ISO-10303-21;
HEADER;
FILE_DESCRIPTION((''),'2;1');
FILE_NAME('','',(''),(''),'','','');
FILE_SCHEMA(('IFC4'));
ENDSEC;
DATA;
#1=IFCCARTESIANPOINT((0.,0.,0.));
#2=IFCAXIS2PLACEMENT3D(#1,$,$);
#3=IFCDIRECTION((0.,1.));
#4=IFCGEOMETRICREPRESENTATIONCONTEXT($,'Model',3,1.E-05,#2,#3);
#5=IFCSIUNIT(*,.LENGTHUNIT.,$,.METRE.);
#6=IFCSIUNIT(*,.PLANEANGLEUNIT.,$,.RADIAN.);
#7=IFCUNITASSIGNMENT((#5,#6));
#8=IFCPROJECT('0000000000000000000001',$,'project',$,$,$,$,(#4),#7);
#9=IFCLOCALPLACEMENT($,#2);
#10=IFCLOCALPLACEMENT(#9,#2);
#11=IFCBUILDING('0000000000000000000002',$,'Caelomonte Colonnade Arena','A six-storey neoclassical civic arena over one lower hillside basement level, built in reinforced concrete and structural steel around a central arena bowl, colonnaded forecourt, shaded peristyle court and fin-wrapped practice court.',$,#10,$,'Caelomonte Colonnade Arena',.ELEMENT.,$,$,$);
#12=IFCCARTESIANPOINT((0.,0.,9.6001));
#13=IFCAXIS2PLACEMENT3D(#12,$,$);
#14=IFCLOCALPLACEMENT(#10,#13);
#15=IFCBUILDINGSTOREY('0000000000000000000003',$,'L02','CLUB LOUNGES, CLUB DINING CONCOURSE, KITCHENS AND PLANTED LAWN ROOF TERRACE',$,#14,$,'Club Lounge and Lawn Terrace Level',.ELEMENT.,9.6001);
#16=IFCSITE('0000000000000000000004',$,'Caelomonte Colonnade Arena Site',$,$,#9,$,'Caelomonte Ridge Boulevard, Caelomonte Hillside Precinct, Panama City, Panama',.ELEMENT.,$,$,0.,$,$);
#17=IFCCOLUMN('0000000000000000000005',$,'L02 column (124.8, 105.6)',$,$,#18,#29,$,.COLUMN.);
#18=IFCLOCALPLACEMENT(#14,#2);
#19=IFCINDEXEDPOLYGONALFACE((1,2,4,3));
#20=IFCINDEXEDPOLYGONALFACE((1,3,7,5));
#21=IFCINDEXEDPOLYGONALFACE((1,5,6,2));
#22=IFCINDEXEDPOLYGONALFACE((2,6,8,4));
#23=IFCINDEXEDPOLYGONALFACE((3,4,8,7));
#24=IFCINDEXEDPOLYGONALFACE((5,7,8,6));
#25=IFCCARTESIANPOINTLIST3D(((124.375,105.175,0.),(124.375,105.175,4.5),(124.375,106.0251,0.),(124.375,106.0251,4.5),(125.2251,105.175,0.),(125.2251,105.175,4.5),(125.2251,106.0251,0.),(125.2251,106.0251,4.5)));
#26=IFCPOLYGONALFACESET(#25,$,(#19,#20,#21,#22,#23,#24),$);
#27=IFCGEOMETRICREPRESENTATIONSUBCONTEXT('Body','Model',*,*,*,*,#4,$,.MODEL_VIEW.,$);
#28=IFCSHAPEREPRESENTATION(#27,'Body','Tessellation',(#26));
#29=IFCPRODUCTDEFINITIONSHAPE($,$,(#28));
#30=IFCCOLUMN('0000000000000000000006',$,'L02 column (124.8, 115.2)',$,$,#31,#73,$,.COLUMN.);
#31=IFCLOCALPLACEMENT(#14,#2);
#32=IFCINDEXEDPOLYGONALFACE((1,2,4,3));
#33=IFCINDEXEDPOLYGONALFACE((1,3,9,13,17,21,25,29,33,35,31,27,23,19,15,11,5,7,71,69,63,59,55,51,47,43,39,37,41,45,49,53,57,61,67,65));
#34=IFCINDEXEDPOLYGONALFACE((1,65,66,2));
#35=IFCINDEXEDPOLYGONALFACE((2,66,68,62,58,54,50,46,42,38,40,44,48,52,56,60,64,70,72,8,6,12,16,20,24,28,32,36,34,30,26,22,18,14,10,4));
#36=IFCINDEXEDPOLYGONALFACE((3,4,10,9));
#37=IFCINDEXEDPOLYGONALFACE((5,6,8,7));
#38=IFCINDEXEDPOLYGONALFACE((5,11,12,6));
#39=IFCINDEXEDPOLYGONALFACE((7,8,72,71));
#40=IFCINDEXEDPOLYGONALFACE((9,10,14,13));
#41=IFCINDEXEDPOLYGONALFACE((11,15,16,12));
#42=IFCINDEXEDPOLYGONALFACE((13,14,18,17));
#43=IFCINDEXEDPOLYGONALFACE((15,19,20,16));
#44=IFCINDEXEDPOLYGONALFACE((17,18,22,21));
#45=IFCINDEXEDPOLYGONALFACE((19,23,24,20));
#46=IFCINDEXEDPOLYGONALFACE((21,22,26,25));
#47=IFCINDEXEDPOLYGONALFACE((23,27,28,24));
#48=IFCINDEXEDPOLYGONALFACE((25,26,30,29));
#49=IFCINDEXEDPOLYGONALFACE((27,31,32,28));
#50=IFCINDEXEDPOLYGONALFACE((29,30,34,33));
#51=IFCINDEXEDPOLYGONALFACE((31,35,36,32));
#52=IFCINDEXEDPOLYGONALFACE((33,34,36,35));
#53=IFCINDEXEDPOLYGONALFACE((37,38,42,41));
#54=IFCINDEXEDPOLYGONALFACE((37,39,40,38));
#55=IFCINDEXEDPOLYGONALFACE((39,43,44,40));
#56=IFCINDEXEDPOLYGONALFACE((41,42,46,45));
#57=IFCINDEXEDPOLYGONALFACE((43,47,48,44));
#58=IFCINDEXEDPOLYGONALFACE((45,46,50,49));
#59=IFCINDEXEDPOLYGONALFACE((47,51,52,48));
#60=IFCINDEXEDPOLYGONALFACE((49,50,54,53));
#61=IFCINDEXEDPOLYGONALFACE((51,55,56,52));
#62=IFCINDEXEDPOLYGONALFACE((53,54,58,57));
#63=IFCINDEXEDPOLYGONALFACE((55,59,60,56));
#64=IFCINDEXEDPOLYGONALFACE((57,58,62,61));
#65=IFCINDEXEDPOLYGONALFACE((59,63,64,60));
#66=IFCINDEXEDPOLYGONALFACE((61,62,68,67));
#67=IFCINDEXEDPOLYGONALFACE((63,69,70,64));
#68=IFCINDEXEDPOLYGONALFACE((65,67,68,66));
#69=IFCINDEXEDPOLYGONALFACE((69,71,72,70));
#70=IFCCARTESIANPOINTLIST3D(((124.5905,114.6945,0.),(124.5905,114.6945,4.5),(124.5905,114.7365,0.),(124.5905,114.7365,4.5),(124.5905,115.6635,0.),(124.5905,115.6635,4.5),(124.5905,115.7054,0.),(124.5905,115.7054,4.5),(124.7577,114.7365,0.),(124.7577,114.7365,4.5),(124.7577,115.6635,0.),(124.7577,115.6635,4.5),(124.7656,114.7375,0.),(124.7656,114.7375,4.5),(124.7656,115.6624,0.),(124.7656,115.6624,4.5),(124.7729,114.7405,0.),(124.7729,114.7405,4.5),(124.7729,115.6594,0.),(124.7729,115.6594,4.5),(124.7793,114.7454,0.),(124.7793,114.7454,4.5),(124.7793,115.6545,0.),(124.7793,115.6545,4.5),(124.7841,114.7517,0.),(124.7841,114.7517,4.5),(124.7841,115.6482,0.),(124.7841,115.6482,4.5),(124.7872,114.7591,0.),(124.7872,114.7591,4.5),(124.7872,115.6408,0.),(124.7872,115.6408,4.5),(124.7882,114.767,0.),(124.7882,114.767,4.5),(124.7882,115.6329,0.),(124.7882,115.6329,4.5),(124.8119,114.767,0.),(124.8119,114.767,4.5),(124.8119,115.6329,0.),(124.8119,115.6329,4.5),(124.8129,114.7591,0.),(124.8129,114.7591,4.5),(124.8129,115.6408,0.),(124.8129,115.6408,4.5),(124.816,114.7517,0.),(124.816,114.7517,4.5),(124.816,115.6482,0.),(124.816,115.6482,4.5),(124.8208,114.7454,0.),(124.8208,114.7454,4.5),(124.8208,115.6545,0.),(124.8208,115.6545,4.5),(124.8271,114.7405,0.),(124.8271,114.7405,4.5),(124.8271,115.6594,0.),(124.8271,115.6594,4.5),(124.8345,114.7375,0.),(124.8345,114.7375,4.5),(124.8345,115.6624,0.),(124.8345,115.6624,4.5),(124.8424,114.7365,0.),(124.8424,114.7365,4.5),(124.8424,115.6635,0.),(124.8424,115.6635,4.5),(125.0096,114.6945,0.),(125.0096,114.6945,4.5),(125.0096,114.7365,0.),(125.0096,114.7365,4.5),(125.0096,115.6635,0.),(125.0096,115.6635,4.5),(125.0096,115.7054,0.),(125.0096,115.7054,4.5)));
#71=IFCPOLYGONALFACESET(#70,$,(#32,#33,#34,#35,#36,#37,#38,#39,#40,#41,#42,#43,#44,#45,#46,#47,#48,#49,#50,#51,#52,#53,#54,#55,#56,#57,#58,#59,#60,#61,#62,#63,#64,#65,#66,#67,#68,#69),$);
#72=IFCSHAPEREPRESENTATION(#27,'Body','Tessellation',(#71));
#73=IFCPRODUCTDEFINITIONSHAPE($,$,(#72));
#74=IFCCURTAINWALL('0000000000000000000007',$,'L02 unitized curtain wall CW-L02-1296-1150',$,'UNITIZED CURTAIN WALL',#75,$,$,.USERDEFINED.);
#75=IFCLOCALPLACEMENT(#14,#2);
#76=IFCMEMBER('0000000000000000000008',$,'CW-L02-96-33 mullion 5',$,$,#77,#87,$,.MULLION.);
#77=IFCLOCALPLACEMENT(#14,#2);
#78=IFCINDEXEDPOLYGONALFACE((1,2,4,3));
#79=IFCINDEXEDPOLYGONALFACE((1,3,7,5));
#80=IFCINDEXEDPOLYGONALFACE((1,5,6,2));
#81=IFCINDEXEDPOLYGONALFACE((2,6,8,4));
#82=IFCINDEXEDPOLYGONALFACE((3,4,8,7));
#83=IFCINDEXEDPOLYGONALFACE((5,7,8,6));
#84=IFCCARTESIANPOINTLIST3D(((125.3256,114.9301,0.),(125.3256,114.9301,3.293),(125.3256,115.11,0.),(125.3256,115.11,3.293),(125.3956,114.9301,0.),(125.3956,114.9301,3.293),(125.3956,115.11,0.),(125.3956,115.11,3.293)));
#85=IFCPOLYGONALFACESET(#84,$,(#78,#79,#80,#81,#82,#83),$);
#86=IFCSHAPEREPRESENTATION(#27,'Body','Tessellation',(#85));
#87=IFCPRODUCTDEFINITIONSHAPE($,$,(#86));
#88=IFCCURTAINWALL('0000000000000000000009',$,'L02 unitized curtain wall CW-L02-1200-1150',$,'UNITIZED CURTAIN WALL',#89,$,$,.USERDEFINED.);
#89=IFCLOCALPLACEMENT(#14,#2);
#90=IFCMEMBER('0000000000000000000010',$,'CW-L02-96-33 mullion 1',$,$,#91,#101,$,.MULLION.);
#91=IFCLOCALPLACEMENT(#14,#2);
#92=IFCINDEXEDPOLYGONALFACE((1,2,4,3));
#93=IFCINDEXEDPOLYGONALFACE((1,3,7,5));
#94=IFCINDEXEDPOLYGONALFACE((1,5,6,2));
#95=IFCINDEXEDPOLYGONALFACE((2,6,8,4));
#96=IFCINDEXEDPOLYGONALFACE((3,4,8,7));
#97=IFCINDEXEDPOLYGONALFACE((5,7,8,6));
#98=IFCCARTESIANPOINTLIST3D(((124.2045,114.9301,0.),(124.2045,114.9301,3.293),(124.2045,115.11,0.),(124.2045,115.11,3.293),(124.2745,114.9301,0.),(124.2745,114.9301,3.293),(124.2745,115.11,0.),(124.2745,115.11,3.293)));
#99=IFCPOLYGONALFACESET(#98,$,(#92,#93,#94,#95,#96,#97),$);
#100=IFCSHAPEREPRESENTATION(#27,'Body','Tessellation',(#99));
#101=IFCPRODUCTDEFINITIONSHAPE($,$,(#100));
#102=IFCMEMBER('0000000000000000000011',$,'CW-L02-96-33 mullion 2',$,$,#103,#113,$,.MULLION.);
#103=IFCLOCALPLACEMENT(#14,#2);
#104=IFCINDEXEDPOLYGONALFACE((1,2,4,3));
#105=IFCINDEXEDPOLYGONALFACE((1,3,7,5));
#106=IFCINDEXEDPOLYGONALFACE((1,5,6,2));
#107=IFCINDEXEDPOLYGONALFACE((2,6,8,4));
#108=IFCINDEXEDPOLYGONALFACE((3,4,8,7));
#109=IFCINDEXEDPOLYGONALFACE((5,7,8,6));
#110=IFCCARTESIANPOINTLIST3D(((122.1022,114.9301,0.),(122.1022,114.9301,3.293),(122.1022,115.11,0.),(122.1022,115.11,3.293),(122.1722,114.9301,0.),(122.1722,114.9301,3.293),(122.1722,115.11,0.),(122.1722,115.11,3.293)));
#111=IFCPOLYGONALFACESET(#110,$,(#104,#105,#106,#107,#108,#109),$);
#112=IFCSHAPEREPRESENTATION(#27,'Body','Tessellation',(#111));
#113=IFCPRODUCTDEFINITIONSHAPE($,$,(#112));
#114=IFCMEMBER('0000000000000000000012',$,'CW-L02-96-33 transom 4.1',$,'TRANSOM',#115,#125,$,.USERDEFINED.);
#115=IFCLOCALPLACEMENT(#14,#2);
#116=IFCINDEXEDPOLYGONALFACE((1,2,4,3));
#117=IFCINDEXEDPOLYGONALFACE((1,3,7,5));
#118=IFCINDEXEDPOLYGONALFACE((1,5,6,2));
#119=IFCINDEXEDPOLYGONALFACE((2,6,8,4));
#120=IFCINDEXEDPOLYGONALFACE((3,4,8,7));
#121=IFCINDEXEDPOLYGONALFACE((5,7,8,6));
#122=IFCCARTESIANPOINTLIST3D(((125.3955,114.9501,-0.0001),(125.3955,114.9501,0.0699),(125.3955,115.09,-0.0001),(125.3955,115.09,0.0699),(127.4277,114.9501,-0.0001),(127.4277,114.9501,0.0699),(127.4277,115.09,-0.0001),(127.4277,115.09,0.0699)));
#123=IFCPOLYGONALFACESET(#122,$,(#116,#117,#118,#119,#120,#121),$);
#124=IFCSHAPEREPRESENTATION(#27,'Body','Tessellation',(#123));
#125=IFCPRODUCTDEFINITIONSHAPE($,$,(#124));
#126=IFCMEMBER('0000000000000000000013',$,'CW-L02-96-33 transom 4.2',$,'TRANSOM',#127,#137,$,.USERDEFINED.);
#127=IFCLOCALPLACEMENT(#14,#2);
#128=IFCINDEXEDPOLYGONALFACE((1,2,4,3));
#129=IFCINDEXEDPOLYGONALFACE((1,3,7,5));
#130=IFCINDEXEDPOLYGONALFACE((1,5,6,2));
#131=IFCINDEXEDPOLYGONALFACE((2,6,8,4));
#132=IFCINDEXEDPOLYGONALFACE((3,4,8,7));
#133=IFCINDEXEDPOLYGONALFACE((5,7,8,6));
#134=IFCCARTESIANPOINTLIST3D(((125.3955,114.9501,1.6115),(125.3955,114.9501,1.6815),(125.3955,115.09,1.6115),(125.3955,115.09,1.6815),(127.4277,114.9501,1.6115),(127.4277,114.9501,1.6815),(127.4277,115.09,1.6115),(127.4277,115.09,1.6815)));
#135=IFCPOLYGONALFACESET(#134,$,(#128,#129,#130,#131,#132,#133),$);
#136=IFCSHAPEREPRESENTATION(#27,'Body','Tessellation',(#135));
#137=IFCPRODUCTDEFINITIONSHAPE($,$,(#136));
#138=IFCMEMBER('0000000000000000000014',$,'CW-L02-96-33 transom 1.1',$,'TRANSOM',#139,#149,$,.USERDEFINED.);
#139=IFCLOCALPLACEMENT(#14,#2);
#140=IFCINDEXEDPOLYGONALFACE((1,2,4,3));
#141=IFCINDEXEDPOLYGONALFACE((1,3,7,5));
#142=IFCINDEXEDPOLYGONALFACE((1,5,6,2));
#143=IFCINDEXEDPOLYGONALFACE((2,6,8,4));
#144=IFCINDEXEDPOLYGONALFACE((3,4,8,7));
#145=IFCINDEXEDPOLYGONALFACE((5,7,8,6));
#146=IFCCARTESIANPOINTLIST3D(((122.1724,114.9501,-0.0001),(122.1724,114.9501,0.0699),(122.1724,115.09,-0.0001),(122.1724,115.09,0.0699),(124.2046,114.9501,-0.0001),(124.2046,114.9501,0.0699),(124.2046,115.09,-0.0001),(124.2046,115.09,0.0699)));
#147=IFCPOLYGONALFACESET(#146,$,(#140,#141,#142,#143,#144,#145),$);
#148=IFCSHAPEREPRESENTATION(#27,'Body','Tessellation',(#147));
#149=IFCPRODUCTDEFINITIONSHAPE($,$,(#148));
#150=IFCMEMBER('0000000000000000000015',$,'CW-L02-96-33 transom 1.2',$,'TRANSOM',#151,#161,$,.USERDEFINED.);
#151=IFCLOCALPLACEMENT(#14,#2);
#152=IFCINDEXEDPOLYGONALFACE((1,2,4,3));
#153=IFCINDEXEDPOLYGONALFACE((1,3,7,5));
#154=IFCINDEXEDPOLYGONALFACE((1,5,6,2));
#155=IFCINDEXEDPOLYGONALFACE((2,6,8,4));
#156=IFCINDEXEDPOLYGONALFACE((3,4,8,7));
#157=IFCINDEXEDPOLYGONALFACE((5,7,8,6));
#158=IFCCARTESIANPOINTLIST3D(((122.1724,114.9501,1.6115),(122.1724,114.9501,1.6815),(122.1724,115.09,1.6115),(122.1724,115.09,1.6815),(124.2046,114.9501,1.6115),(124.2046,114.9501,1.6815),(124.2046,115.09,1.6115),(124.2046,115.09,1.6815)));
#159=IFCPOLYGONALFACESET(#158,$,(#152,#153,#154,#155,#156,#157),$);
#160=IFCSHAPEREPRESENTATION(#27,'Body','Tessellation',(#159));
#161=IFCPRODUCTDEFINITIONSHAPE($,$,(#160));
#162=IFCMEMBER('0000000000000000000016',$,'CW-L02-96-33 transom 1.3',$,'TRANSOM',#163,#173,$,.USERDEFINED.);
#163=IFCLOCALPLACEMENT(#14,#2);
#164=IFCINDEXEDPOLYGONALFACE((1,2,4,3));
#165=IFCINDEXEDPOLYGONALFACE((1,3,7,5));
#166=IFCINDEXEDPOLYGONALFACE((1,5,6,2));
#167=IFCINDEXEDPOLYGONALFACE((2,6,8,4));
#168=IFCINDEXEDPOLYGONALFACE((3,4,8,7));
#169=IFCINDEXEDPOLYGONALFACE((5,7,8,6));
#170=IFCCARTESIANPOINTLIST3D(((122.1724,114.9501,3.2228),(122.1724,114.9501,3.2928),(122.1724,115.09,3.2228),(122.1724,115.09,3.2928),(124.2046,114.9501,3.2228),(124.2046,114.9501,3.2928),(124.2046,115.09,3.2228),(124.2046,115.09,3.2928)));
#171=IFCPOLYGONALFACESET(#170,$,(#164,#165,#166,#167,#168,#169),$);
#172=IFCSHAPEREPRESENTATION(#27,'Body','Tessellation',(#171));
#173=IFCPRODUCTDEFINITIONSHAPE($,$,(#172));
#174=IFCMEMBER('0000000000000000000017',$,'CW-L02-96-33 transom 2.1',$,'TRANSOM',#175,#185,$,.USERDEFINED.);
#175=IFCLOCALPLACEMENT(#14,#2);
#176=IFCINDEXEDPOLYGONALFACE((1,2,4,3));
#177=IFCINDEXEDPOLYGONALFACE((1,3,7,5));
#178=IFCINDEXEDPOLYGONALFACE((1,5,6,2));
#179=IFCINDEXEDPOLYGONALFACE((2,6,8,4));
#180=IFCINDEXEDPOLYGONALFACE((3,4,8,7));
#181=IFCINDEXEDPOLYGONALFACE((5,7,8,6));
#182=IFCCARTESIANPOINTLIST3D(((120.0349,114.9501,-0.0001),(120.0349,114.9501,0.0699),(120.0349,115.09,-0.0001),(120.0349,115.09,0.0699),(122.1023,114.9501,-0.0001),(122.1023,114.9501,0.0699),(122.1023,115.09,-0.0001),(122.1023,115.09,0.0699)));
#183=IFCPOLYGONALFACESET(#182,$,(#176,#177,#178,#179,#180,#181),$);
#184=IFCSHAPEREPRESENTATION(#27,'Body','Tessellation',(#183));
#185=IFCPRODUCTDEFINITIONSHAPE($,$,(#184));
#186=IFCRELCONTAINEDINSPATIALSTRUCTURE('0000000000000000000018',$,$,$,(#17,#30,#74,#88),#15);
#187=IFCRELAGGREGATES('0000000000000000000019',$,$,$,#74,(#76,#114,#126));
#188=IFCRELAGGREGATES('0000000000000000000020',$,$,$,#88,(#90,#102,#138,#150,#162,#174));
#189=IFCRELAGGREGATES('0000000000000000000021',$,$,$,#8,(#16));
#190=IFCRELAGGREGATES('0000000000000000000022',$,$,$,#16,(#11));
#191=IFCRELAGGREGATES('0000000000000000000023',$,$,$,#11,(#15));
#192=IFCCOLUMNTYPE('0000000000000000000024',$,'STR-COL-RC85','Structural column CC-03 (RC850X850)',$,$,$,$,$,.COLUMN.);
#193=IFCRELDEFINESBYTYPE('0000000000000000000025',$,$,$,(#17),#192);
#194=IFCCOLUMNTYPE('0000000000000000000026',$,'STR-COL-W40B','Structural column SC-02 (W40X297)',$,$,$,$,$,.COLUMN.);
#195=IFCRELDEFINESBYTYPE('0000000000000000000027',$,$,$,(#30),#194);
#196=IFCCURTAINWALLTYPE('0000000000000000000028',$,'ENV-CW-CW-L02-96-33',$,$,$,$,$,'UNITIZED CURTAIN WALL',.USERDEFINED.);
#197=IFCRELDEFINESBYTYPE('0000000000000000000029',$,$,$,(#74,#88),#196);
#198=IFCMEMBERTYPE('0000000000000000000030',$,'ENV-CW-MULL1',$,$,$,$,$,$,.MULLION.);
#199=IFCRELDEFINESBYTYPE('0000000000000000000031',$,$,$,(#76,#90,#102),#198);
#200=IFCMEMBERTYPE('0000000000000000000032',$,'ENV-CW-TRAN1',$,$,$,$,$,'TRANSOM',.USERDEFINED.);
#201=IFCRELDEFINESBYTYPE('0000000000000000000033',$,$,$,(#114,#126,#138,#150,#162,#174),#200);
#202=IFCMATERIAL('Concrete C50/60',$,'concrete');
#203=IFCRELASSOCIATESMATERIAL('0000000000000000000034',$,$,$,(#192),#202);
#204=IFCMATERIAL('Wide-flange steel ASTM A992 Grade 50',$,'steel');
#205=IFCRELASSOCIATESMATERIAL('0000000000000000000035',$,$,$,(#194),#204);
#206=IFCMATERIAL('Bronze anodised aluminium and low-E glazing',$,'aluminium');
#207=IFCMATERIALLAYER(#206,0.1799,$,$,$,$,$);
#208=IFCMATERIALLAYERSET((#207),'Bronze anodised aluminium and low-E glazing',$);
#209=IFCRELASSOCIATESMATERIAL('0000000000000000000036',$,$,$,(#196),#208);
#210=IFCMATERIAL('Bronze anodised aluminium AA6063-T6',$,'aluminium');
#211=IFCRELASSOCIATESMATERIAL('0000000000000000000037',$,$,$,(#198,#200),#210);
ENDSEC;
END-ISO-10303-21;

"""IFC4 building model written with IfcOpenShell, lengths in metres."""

from ifc_helpers import new_model, si_unit, direction, frame, origin, origin_2d, place, context, subcontext, project, spatial, rectangle, i_section, extrude, material, layer, layer_set, material_profile, profile_set, type_object, element, aggregate, save


model = new_model("IFC4")

# Units and contexts
model_context = context("Model", 3, precision=1e-05, world=origin(), true_north=direction((0.0, 1.0)))
body_context = subcontext(model_context, "Body", "Model", "MODEL_VIEW")
ifc_project = project(units=[si_unit("LENGTHUNIT", "METRE"), si_unit("PLANEANGLEUNIT", "RADIAN")], contexts=[model_context])

# Site, building, storey
site_placement = place(None, origin())
site = spatial("IfcSite", under=ifc_project, at=site_placement, Name="Caelomonte Colonnade Arena Site", LongName="Caelomonte Ridge Boulevard, Caelomonte Hillside Precinct, Panama City, Panama", CompositionType="ELEMENT", RefElevation=0.0)
building_placement = place(site_placement, origin())
building = spatial("IfcBuilding", under=site, at=building_placement, Name="Caelomonte Colonnade Arena", Description="A six-storey neoclassical civic arena over one lower hillside basement level, built in reinforced concrete and structural steel around a central arena bowl, colonnaded forecourt, shaded peristyle court and fin-wrapped practice court.", LongName="Caelomonte Colonnade Arena", CompositionType="ELEMENT")
storey_placement = place(building_placement, frame((0.0, 0.0, 9.6001)))
storey = spatial("IfcBuildingStorey", under=building, at=storey_placement, Name="L02", Description="CLUB LOUNGES, CLUB DINING CONCOURSE, KITCHENS AND PLANTED LAWN ROOF TERRACE", LongName="Club Lounge and Lawn Terrace Level", CompositionType="ELEMENT", Elevation=9.6001)

# Columns
ifc_material_1 = material(Name="Concrete C50/60", Category="concrete")
ifc_material_profile_1 = material_profile(ifc_material_1, rectangle(XDim=0.8501, YDim=0.8501, at=origin_2d()), Name="RC850X850")
ifc_profile_set_1 = profile_set([ifc_material_profile_1], Name="Concrete C50/60")
column_type_1 = type_object("IfcColumnType", Name="STR-COL-RC85", Description="Structural column CC-03 (RC850X850)", PredefinedType="COLUMN", material=ifc_profile_set_1)
column_1_placement = place(storey_placement, frame((124.8, 105.6001, 0.0), z_axis=(0.0, 0.0, 1.0), x_axis=(1.0, 0.0, 0.0)))
element("IfcColumn", 1, at=column_1_placement, inside=storey, type_object=column_type_1, Name="L02 column (124.8, 105.6)", PredefinedType="COLUMN", context=body_context, shape_type="SweptSolid", body=[
    extrude(rectangle(XDim=0.8501, YDim=0.8501, at=origin_2d()), origin(), (0.0, 0.0, 1.0), 4.5),
])
ifc_material_2 = material(Name="Wide-flange steel ASTM A992 Grade 50", Category="steel")
ifc_material_profile_2 = material_profile(ifc_material_2, i_section(OverallWidth=0.4192, OverallDepth=1.011, WebThickness=0.0237, FlangeThickness=0.042, FilletRadius=0.0305, at=origin_2d()), Name="W40X297")
ifc_profile_set_2 = profile_set([ifc_material_profile_2], Name="Wide-flange steel ASTM A992 Grade 50")
column_type_2 = type_object("IfcColumnType", Name="STR-COL-W40B", Description="Structural column SC-02 (W40X297)", PredefinedType="COLUMN", material=ifc_profile_set_2)
column_2_placement = place(storey_placement, frame((124.8, 115.2, 0.0), z_axis=(0.0, 0.0, 1.0), x_axis=(1.0, 0.0, 0.0)))
element("IfcColumn", 2, at=column_2_placement, inside=storey, type_object=column_type_2, Name="L02 column (124.8, 115.2)", PredefinedType="COLUMN", context=body_context, shape_type="SweptSolid", body=[
    extrude(i_section(OverallWidth=0.4192, OverallDepth=1.011, WebThickness=0.0237, FlangeThickness=0.042, FilletRadius=0.0305, at=origin_2d()), origin(), (0.0, 0.0, 1.0), 4.5),
])

# Curtain wall, member
ifc_material_3 = material(Name="Bronze anodised aluminium and low-E glazing", Category="aluminium")
ifc_layer_1 = layer(ifc_material_3, 0.1799)
ifc_layer_set_1 = layer_set([ifc_layer_1], Name="Bronze anodised aluminium and low-E glazing")
curtain_wall_type = type_object("IfcCurtainWallType", Name="ENV-CW-CW-L02-96-33", ElementType="UNITIZED CURTAIN WALL", PredefinedType="USERDEFINED", material=ifc_layer_set_1)
curtain_wall_1_placement = place(storey_placement, origin())
curtain_wall_1 = element("IfcCurtainWall", 3, at=curtain_wall_1_placement, inside=storey, type_object=curtain_wall_type, Name="L02 unitized curtain wall CW-L02-1296-1150", ObjectType="UNITIZED CURTAIN WALL", PredefinedType="USERDEFINED")
ifc_material_4 = material(Name="Bronze anodised aluminium AA6063-T6", Category="aluminium")
ifc_material_profile_3 = material_profile(ifc_material_4, rectangle(XDim=0.0701, YDim=0.1799, at=origin_2d()), Name="CWM-70X180")
ifc_profile_set_3 = profile_set([ifc_material_profile_3], Name="Bronze anodised aluminium AA6063-T6")
member_type_1 = type_object("IfcMemberType", Name="ENV-CW-MULL1", PredefinedType="MULLION", material=ifc_profile_set_3)
member_1_placement = place(storey_placement, frame((125.3606, 115.02, 0.0), z_axis=(0.0, 0.0, 1.0), x_axis=(-1.0, 0.0, 0.0)))
member_1 = element("IfcMember", 4, at=member_1_placement, type_object=member_type_1, Name="CW-L02-96-33 mullion 5", PredefinedType="MULLION", context=body_context, shape_type="SweptSolid", body=[
    extrude(rectangle(XDim=0.0701, YDim=0.1799, at=origin_2d()), origin(), (0.0, 0.0, 1.0), 3.293),
])

# Curtain wall, members
curtain_wall_2_placement = place(storey_placement, origin())
curtain_wall_2 = element("IfcCurtainWall", 5, at=curtain_wall_2_placement, inside=storey, type_object=curtain_wall_type, Name="L02 unitized curtain wall CW-L02-1200-1150", ObjectType="UNITIZED CURTAIN WALL", PredefinedType="USERDEFINED")
member_2_placement = place(storey_placement, frame((124.2395, 115.02, 0.0), z_axis=(0.0, 0.0, 1.0), x_axis=(-1.0, 0.0, 0.0)))
member_2 = element("IfcMember", 6, at=member_2_placement, type_object=member_type_1, Name="CW-L02-96-33 mullion 1", PredefinedType="MULLION", context=body_context, shape_type="SweptSolid", body=[
    extrude(rectangle(XDim=0.0701, YDim=0.1799, at=origin_2d()), origin(), (0.0, 0.0, 1.0), 3.293),
])
member_3_placement = place(storey_placement, frame((122.1372, 115.02, 0.0), z_axis=(0.0, 0.0, 1.0), x_axis=(-1.0, 0.0, 0.0)))
member_3 = element("IfcMember", 7, at=member_3_placement, type_object=member_type_1, Name="CW-L02-96-33 mullion 2", PredefinedType="MULLION", context=body_context, shape_type="SweptSolid", body=[
    extrude(rectangle(XDim=0.0701, YDim=0.1799, at=origin_2d()), origin(), (0.0, 0.0, 1.0), 3.293),
])

# Members
ifc_material_profile_4 = material_profile(ifc_material_4, rectangle(XDim=0.0701, YDim=0.1399, at=origin_2d()), Name="CWT-70X140")
ifc_profile_set_4 = profile_set([ifc_material_profile_4], Name="Bronze anodised aluminium AA6063-T6")
member_type_2 = type_object("IfcMemberType", Name="ENV-CW-TRAN1", ElementType="TRANSOM", PredefinedType="USERDEFINED", material=ifc_profile_set_4)
member_4_placement = place(storey_placement, frame((127.4277, 115.02, 0.0349), z_axis=(-1.0, 0.0, 0.0), x_axis=(0.0, 0.0, 1.0)))
member_4 = element("IfcMember", 8, at=member_4_placement, type_object=member_type_2, Name="CW-L02-96-33 transom 4.1", ObjectType="TRANSOM", PredefinedType="USERDEFINED", context=body_context, shape_type="SweptSolid", body=[
    extrude(rectangle(XDim=0.0701, YDim=0.1399, at=origin_2d()), origin(), (0.0, 0.0, 1.0), 2.0322),
])
member_5_placement = place(storey_placement, frame((127.4277, 115.02, 1.6465), z_axis=(-1.0, 0.0, 0.0), x_axis=(0.0, 0.0, 1.0)))
member_5 = element("IfcMember", 9, at=member_5_placement, type_object=member_type_2, Name="CW-L02-96-33 transom 4.2", ObjectType="TRANSOM", PredefinedType="USERDEFINED", context=body_context, shape_type="SweptSolid", body=[
    extrude(rectangle(XDim=0.0701, YDim=0.1399, at=origin_2d()), origin(), (0.0, 0.0, 1.0), 2.0322),
])
member_6_placement = place(storey_placement, frame((124.2046, 115.02, 0.0349), z_axis=(-1.0, 0.0, 0.0), x_axis=(0.0, 0.0, 1.0)))
member_6 = element("IfcMember", 10, at=member_6_placement, type_object=member_type_2, Name="CW-L02-96-33 transom 1.1", ObjectType="TRANSOM", PredefinedType="USERDEFINED", context=body_context, shape_type="SweptSolid", body=[
    extrude(rectangle(XDim=0.0701, YDim=0.1399, at=origin_2d()), origin(), (0.0, 0.0, 1.0), 2.0322),
])
member_7_placement = place(storey_placement, frame((124.2046, 115.02, 1.6465), z_axis=(-1.0, 0.0, 0.0), x_axis=(0.0, 0.0, 1.0)))
member_7 = element("IfcMember", 11, at=member_7_placement, type_object=member_type_2, Name="CW-L02-96-33 transom 1.2", ObjectType="TRANSOM", PredefinedType="USERDEFINED", context=body_context, shape_type="SweptSolid", body=[
    extrude(rectangle(XDim=0.0701, YDim=0.1399, at=origin_2d()), origin(), (0.0, 0.0, 1.0), 2.0322),
])
member_8_placement = place(storey_placement, frame((124.2046, 115.02, 3.2578), z_axis=(-1.0, 0.0, 0.0), x_axis=(0.0, 0.0, 1.0)))
member_8 = element("IfcMember", 12, at=member_8_placement, type_object=member_type_2, Name="CW-L02-96-33 transom 1.3", ObjectType="TRANSOM", PredefinedType="USERDEFINED", context=body_context, shape_type="SweptSolid", body=[
    extrude(rectangle(XDim=0.0701, YDim=0.1399, at=origin_2d()), origin(), (0.0, 0.0, 1.0), 2.0322),
])
member_9_placement = place(storey_placement, frame((122.1023, 115.02, 0.0349), z_axis=(-1.0, 0.0, 0.0), x_axis=(0.0, 0.0, 1.0)))
member_9 = element("IfcMember", 13, at=member_9_placement, type_object=member_type_2, Name="CW-L02-96-33 transom 2.1", ObjectType="TRANSOM", PredefinedType="USERDEFINED", context=body_context, shape_type="SweptSolid", body=[
    extrude(rectangle(XDim=0.0701, YDim=0.1399, at=origin_2d()), origin(), (0.0, 0.0, 1.0), 2.0674),
])

aggregate(curtain_wall_1, [member_1, member_4, member_5])
aggregate(curtain_wall_2, [member_2, member_3, member_6, member_7, member_8, member_9])

save(model, "model.ifc")
